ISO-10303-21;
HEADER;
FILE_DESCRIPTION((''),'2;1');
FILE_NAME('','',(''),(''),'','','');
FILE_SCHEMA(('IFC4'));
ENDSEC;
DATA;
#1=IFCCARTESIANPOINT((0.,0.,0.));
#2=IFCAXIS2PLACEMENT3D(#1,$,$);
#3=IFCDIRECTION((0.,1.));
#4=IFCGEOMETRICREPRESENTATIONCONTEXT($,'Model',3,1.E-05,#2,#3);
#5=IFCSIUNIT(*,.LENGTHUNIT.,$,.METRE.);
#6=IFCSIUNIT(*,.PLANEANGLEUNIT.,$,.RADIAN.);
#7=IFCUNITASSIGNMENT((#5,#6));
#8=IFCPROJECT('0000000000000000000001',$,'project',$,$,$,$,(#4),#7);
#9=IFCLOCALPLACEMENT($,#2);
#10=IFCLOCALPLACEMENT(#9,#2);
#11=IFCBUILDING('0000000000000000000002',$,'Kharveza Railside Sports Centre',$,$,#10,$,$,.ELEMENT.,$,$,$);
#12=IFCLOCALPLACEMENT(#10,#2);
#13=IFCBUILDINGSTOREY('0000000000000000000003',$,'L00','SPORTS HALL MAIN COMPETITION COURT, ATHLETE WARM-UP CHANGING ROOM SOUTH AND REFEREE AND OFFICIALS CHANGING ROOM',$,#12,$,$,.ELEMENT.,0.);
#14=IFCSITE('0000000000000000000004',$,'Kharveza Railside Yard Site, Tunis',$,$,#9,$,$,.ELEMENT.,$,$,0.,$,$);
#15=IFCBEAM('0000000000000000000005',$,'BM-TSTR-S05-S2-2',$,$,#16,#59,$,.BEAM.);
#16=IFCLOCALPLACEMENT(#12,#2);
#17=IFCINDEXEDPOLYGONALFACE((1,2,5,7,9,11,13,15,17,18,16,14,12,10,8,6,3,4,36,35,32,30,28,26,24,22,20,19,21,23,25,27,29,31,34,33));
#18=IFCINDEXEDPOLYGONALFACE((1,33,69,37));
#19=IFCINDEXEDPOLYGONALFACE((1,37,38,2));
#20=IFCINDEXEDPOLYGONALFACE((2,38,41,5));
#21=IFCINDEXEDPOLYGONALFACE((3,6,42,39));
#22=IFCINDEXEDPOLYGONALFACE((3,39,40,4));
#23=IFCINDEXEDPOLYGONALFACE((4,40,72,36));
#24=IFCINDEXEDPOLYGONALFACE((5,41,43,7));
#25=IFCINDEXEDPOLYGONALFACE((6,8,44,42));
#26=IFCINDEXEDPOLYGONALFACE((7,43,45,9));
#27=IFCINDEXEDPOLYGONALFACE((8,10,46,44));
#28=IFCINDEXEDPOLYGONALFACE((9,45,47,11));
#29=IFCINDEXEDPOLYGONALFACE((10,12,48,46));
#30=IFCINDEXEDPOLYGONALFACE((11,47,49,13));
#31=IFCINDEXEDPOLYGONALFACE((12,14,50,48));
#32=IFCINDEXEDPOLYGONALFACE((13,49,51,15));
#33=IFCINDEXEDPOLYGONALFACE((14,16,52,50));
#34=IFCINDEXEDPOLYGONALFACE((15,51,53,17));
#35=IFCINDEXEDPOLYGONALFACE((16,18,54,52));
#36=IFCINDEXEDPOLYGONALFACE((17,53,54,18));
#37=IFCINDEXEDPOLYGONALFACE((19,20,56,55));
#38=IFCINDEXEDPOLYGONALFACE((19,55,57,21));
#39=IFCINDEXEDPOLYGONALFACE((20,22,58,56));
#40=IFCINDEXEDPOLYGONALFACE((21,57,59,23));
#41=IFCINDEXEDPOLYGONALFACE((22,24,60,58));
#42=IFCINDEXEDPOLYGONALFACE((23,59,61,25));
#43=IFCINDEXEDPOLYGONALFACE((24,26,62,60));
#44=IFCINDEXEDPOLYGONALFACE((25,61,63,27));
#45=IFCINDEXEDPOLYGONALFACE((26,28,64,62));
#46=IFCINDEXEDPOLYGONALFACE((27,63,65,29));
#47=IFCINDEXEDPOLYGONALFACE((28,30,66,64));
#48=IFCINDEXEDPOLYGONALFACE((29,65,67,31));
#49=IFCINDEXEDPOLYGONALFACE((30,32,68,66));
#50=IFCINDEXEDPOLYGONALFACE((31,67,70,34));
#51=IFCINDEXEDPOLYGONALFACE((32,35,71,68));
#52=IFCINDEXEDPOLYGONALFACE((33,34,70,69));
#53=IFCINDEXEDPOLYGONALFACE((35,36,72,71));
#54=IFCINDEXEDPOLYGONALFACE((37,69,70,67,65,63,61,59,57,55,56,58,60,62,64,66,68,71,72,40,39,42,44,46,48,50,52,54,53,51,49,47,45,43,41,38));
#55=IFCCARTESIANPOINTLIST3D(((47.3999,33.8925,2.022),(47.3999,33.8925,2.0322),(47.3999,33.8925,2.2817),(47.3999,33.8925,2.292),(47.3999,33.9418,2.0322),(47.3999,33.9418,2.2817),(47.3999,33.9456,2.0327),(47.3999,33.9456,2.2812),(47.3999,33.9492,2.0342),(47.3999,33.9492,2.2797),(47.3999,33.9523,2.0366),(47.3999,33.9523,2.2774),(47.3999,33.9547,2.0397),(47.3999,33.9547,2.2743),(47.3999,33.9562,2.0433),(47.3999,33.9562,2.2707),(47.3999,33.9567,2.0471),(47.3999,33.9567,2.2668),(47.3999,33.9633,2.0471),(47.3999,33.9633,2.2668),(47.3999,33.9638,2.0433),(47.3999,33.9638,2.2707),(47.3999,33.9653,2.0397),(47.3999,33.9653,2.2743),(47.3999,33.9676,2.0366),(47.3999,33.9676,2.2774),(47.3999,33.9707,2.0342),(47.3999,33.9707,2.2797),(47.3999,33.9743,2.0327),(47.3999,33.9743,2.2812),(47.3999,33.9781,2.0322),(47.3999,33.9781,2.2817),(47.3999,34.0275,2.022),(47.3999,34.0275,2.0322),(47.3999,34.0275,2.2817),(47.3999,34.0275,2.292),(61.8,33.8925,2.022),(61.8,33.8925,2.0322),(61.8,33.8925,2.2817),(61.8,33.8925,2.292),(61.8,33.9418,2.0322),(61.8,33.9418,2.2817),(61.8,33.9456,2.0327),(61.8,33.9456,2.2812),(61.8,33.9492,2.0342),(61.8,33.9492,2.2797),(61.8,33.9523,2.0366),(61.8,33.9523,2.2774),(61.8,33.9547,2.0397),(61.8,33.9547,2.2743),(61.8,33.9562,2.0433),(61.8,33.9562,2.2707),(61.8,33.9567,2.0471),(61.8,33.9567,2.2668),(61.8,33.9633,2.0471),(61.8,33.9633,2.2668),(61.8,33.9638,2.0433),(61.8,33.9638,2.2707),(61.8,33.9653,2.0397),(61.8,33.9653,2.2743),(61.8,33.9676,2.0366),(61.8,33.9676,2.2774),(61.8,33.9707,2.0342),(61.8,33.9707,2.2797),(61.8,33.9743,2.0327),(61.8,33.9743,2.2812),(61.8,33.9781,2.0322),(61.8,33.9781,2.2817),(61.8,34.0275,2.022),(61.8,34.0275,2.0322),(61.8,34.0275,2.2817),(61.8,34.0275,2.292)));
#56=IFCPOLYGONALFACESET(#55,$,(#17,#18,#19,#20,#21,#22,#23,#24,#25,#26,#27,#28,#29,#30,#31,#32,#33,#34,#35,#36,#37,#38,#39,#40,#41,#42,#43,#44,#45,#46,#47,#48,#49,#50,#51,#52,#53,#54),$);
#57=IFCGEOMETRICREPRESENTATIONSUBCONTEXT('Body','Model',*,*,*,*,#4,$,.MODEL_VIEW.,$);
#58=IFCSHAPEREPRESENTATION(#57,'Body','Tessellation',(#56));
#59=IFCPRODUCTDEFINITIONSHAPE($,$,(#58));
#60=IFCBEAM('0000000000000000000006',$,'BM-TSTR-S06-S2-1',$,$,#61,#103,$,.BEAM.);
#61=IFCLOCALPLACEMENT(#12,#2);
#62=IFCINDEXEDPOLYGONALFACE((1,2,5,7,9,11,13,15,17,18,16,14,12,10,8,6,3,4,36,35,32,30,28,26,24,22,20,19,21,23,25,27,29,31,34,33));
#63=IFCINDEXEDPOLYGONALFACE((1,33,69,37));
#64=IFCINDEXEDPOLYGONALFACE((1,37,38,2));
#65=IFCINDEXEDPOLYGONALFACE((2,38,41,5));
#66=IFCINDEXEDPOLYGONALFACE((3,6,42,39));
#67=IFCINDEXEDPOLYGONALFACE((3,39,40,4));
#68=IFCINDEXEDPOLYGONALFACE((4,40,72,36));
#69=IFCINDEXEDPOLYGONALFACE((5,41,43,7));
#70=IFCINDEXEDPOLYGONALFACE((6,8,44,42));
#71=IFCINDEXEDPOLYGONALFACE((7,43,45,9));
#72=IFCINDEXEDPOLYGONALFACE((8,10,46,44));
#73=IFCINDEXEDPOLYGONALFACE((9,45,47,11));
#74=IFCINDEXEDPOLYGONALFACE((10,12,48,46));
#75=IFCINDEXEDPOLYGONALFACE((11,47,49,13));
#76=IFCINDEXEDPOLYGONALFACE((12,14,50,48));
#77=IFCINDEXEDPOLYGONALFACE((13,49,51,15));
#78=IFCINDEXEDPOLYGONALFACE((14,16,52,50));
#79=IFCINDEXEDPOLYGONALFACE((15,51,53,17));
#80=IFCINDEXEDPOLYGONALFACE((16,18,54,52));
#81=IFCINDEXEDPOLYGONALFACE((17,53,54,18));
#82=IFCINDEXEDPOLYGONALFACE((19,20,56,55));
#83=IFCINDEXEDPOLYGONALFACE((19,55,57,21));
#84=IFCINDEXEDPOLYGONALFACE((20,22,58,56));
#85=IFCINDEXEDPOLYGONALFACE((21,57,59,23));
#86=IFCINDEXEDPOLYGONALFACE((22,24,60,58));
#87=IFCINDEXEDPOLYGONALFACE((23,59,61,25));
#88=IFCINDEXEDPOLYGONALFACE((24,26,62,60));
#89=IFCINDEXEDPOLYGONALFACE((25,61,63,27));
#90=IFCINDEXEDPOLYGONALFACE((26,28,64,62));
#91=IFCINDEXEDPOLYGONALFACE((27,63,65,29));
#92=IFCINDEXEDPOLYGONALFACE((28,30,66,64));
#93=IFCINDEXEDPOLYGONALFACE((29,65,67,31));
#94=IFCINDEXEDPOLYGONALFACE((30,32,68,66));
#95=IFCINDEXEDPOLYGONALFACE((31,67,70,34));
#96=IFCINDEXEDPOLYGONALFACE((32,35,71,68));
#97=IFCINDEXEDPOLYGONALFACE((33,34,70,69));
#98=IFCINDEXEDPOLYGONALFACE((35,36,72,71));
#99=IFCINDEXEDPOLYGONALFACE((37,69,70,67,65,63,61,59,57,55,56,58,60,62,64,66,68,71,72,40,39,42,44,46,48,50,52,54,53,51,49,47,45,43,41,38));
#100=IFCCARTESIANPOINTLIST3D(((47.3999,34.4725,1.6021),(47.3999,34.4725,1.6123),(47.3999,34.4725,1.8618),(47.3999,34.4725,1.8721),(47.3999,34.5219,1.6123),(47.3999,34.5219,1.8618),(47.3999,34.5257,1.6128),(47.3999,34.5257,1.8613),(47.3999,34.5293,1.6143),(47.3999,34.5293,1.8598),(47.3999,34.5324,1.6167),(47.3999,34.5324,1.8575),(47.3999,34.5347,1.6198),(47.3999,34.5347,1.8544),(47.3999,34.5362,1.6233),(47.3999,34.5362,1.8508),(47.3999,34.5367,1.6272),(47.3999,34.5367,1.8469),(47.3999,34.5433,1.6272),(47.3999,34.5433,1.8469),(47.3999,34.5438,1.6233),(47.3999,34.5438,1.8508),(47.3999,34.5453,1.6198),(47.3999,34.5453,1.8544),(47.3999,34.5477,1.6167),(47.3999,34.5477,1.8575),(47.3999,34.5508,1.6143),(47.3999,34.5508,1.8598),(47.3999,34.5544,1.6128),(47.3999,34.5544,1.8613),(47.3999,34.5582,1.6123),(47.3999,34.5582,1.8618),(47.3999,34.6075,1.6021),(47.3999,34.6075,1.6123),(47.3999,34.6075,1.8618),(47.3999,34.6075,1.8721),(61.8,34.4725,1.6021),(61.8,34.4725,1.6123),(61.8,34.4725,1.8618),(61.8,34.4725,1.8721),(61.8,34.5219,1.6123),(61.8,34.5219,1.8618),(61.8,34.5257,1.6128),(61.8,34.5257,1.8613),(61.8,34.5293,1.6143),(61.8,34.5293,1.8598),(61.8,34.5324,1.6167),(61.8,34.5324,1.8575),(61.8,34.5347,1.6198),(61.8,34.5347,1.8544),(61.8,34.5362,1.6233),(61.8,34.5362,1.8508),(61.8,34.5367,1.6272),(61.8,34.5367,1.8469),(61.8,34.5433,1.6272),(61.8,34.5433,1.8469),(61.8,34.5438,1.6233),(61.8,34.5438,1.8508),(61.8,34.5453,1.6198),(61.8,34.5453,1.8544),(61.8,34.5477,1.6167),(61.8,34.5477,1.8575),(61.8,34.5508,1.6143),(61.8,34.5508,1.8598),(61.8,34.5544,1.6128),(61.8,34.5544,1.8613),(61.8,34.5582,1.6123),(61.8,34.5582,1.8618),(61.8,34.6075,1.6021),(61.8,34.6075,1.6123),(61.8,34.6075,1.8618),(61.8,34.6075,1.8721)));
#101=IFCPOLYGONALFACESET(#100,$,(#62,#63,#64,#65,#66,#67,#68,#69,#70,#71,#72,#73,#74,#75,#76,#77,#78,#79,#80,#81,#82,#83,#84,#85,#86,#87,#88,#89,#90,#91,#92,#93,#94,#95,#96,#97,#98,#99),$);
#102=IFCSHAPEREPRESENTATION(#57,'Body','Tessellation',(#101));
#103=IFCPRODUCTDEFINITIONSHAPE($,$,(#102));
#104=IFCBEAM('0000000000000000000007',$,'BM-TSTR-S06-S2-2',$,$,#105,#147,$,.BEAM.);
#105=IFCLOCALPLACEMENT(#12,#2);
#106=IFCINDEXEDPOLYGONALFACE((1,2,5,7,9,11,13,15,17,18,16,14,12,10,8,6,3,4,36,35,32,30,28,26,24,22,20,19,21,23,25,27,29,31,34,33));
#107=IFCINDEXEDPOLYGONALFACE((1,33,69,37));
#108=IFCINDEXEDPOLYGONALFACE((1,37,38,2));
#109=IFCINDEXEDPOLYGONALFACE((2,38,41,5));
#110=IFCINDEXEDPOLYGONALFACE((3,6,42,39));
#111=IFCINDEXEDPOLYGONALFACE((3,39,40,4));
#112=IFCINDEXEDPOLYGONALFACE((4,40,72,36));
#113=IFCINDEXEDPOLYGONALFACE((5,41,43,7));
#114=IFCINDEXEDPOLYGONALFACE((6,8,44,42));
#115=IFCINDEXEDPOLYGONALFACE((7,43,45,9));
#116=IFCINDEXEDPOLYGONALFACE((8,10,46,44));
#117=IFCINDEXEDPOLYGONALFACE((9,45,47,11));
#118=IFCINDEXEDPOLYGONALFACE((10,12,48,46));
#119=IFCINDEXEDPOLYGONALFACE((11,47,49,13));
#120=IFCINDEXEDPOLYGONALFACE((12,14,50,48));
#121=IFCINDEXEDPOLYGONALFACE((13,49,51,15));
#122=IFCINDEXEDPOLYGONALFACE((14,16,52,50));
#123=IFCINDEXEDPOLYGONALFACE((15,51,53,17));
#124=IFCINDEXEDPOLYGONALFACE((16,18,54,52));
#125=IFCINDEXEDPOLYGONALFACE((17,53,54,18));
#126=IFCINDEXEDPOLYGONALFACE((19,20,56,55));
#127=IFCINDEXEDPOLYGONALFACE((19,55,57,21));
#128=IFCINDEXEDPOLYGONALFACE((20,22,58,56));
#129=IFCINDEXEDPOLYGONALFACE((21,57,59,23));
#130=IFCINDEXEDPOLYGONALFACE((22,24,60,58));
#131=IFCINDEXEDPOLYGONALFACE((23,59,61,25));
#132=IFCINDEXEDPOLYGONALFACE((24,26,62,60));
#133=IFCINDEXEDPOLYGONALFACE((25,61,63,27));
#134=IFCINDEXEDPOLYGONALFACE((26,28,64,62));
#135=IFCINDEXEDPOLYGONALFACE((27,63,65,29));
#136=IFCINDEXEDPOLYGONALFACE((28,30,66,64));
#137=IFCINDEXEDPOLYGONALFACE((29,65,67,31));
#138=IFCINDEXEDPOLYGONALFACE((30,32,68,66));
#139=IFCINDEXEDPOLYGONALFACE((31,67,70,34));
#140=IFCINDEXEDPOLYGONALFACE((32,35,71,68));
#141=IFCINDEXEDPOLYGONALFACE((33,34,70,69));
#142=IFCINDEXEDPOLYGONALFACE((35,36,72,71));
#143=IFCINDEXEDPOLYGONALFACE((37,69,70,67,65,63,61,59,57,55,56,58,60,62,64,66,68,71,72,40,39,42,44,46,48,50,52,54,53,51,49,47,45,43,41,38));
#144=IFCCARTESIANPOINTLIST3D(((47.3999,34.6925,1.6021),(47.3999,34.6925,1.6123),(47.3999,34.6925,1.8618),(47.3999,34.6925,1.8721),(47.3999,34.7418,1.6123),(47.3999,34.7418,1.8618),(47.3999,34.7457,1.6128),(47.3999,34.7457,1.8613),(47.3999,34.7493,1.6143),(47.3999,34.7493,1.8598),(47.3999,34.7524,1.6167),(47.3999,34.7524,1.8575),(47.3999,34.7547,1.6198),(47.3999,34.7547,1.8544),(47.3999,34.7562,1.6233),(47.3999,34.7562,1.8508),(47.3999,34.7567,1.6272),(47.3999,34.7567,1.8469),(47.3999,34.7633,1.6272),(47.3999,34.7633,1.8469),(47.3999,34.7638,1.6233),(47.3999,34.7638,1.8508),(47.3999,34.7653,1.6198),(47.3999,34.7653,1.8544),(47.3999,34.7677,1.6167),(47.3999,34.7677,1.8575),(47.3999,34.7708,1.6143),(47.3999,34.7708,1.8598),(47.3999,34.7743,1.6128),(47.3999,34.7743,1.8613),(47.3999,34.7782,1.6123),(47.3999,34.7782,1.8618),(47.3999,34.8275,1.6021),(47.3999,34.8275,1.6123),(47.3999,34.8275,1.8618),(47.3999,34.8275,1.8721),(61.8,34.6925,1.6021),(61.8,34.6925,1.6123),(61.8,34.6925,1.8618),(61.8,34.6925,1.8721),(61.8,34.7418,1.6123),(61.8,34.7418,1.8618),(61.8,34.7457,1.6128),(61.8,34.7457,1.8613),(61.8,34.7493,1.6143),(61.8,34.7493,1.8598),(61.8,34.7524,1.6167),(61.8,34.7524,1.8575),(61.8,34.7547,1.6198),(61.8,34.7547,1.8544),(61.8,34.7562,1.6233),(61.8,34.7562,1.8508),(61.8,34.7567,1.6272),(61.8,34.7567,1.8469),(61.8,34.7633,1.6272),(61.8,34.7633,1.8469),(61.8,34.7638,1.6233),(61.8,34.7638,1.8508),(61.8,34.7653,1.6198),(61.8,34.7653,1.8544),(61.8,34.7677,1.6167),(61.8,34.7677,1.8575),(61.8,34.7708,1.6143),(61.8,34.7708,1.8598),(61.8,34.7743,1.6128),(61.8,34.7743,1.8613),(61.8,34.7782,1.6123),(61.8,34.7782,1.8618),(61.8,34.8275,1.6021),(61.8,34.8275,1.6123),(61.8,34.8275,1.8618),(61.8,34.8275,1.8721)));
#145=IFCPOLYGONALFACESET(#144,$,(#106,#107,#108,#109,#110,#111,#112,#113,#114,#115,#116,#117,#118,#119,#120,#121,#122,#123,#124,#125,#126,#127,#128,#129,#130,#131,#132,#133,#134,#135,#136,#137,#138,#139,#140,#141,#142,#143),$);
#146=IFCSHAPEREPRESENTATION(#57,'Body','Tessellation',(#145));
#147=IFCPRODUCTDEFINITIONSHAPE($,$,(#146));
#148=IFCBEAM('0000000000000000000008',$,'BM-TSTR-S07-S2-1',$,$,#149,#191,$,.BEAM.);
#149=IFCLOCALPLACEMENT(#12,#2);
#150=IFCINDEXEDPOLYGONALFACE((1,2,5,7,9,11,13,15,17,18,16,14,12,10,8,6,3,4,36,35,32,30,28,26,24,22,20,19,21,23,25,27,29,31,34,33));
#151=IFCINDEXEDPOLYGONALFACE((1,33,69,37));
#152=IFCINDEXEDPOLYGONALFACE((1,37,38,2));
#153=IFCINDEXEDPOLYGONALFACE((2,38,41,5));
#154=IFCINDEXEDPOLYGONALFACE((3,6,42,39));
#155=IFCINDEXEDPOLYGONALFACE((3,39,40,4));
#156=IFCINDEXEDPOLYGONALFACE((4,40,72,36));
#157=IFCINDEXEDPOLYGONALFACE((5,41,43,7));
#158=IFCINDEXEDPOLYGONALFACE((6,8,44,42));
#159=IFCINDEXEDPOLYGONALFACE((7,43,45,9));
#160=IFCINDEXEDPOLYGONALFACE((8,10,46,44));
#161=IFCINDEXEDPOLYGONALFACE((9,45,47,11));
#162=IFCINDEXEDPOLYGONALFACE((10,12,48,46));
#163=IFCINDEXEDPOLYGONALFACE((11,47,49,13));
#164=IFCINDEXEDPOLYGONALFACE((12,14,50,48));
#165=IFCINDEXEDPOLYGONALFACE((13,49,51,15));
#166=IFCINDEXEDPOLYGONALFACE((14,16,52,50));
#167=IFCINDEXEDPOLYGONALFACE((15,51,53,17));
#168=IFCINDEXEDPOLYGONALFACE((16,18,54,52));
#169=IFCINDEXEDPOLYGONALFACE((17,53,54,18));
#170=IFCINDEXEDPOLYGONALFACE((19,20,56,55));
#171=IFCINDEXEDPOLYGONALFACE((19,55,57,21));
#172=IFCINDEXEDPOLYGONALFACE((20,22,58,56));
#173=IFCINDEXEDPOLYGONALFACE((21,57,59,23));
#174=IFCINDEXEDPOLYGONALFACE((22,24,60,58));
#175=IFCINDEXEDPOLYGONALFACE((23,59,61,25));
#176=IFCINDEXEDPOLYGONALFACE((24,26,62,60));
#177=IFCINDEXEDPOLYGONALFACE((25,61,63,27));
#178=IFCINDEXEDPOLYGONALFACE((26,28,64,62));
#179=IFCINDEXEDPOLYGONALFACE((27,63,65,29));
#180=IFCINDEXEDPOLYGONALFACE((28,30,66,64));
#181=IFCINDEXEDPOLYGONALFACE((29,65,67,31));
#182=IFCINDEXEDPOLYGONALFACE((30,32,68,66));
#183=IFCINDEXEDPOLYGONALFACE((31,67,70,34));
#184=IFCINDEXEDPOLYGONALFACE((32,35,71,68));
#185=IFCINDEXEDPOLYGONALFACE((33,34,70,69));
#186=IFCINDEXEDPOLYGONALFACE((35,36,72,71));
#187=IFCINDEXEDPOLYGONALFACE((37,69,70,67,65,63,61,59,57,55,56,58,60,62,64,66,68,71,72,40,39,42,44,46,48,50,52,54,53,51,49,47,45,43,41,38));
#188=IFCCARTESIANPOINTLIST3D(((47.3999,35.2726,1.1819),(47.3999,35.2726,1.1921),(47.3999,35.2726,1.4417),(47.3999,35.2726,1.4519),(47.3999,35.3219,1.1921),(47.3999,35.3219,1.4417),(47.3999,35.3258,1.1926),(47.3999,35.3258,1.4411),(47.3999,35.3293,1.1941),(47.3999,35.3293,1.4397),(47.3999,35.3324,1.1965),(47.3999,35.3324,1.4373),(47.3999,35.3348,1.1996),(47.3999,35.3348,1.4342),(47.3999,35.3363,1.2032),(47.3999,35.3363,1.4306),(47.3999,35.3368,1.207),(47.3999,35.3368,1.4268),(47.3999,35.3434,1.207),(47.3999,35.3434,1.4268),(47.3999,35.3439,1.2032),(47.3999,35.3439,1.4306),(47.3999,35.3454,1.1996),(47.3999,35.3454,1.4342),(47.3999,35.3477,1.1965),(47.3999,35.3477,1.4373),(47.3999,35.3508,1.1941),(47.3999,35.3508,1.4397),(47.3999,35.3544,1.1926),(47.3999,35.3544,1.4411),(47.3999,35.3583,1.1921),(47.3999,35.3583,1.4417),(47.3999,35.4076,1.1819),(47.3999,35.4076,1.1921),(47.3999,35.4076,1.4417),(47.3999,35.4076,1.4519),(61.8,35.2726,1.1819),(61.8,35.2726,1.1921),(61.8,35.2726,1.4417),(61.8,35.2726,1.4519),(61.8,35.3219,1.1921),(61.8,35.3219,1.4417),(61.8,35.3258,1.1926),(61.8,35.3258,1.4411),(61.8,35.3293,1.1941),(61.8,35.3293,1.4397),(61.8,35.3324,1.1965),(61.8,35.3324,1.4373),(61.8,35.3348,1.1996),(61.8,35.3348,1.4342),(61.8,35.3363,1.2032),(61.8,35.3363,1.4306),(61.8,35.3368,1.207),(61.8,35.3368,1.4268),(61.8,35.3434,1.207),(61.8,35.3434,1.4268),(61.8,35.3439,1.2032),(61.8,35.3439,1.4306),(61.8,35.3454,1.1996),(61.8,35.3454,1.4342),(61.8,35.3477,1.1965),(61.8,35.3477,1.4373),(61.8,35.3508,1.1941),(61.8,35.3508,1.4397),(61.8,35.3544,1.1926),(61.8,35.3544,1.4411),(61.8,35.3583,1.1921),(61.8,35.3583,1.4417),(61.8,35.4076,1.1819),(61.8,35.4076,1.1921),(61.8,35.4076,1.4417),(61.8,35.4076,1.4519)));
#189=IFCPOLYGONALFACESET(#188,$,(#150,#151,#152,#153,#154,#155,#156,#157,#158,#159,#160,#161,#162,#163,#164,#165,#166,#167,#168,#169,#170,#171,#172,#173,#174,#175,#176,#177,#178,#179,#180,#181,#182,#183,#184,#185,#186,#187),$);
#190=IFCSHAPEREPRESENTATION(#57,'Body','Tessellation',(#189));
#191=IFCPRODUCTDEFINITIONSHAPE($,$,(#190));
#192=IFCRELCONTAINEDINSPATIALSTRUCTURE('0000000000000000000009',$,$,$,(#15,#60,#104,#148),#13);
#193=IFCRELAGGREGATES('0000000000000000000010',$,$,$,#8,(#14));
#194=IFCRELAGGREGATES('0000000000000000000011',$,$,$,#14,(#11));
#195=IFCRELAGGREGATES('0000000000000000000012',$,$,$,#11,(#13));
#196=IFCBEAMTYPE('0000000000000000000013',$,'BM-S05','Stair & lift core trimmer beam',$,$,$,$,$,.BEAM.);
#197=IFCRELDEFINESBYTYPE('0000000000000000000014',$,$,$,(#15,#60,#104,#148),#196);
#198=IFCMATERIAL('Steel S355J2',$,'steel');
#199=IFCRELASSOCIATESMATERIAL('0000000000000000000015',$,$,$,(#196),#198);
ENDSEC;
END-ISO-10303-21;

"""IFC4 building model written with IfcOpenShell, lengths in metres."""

from ifc_helpers import new_model, si_unit, direction, frame, origin, origin_2d, place, context, subcontext, project, spatial, i_section, extrude, material, material_profile, profile_set, type_object, element, save


model = new_model("IFC4")

# Units and contexts
model_context = context("Model", 3, precision=1e-05, world=origin(), true_north=direction((0.0, 1.0)))
body_context = subcontext(model_context, "Body", "Model", "MODEL_VIEW")
ifc_project = project(units=[si_unit("LENGTHUNIT", "METRE"), si_unit("PLANEANGLEUNIT", "RADIAN")], contexts=[model_context])

# Site, building, storey
site_placement = place(None, origin())
site = spatial("IfcSite", under=ifc_project, at=site_placement, Name="Kharveza Railside Yard Site, Tunis", CompositionType="ELEMENT", RefElevation=0.0)
building_placement = place(site_placement, origin())
building = spatial("IfcBuilding", under=site, at=building_placement, Name="Kharveza Railside Sports Centre", CompositionType="ELEMENT")
storey_placement = place(building_placement, origin())
storey = spatial("IfcBuildingStorey", under=building, at=storey_placement, Name="L00", Description="SPORTS HALL MAIN COMPETITION COURT, ATHLETE WARM-UP CHANGING ROOM SOUTH AND REFEREE AND OFFICIALS CHANGING ROOM", CompositionType="ELEMENT", Elevation=0.0)

# Shared definitions
ifc_material_1 = material(Name="Steel S355J2", Category="steel")

# Beams
ifc_material_profile_1 = material_profile(ifc_material_1, i_section(OverallWidth=0.135, OverallDepth=0.27, WebThickness=0.0066, FlangeThickness=0.0103, FilletRadius=0.0149, at=origin_2d()), Name="IPE 270")
ifc_profile_set_1 = profile_set([ifc_material_profile_1], Name="Steel S355J2")
beam_type = type_object("IfcBeamType", Name="BM-S05", Description="Stair & lift core trimmer beam", PredefinedType="BEAM", material=ifc_profile_set_1)
for number, where, z_axis, x_axis, name in (
    (1, (47.3999, 33.96, 2.157), (1.0, 0.0, 0.0), (0.0, 1.0, 0.0), "BM-TSTR-S05-S2-2"),
    (2, (47.3999, 34.54, 1.7371), (1.0, 0.0, 0.0), (0.0, 1.0, 0.0), "BM-TSTR-S06-S2-1"),
    (3, (47.3999, 34.76, 1.7371), (1.0, 0.0, 0.0), (0.0, 1.0, 0.0), "BM-TSTR-S06-S2-2"),
    (4, (47.3999, 35.3401, 1.3169), (1.0, 0.0, 0.0), (0.0, 1.0, 0.0), "BM-TSTR-S07-S2-1"),
):
    element("IfcBeam", number, at=place(storey_placement, frame(where, z_axis=z_axis, x_axis=x_axis)), inside=storey, type_object=beam_type, Name=name, PredefinedType="BEAM", context=body_context, shape_type="SweptSolid", body=[
        extrude(i_section(OverallWidth=0.135, OverallDepth=0.27, WebThickness=0.0066, FlangeThickness=0.0103, FilletRadius=0.0149, at=origin_2d()), origin(), (0.0, 0.0, 1.0), 14.4001),
    ])

save(model, "model.ifc")
